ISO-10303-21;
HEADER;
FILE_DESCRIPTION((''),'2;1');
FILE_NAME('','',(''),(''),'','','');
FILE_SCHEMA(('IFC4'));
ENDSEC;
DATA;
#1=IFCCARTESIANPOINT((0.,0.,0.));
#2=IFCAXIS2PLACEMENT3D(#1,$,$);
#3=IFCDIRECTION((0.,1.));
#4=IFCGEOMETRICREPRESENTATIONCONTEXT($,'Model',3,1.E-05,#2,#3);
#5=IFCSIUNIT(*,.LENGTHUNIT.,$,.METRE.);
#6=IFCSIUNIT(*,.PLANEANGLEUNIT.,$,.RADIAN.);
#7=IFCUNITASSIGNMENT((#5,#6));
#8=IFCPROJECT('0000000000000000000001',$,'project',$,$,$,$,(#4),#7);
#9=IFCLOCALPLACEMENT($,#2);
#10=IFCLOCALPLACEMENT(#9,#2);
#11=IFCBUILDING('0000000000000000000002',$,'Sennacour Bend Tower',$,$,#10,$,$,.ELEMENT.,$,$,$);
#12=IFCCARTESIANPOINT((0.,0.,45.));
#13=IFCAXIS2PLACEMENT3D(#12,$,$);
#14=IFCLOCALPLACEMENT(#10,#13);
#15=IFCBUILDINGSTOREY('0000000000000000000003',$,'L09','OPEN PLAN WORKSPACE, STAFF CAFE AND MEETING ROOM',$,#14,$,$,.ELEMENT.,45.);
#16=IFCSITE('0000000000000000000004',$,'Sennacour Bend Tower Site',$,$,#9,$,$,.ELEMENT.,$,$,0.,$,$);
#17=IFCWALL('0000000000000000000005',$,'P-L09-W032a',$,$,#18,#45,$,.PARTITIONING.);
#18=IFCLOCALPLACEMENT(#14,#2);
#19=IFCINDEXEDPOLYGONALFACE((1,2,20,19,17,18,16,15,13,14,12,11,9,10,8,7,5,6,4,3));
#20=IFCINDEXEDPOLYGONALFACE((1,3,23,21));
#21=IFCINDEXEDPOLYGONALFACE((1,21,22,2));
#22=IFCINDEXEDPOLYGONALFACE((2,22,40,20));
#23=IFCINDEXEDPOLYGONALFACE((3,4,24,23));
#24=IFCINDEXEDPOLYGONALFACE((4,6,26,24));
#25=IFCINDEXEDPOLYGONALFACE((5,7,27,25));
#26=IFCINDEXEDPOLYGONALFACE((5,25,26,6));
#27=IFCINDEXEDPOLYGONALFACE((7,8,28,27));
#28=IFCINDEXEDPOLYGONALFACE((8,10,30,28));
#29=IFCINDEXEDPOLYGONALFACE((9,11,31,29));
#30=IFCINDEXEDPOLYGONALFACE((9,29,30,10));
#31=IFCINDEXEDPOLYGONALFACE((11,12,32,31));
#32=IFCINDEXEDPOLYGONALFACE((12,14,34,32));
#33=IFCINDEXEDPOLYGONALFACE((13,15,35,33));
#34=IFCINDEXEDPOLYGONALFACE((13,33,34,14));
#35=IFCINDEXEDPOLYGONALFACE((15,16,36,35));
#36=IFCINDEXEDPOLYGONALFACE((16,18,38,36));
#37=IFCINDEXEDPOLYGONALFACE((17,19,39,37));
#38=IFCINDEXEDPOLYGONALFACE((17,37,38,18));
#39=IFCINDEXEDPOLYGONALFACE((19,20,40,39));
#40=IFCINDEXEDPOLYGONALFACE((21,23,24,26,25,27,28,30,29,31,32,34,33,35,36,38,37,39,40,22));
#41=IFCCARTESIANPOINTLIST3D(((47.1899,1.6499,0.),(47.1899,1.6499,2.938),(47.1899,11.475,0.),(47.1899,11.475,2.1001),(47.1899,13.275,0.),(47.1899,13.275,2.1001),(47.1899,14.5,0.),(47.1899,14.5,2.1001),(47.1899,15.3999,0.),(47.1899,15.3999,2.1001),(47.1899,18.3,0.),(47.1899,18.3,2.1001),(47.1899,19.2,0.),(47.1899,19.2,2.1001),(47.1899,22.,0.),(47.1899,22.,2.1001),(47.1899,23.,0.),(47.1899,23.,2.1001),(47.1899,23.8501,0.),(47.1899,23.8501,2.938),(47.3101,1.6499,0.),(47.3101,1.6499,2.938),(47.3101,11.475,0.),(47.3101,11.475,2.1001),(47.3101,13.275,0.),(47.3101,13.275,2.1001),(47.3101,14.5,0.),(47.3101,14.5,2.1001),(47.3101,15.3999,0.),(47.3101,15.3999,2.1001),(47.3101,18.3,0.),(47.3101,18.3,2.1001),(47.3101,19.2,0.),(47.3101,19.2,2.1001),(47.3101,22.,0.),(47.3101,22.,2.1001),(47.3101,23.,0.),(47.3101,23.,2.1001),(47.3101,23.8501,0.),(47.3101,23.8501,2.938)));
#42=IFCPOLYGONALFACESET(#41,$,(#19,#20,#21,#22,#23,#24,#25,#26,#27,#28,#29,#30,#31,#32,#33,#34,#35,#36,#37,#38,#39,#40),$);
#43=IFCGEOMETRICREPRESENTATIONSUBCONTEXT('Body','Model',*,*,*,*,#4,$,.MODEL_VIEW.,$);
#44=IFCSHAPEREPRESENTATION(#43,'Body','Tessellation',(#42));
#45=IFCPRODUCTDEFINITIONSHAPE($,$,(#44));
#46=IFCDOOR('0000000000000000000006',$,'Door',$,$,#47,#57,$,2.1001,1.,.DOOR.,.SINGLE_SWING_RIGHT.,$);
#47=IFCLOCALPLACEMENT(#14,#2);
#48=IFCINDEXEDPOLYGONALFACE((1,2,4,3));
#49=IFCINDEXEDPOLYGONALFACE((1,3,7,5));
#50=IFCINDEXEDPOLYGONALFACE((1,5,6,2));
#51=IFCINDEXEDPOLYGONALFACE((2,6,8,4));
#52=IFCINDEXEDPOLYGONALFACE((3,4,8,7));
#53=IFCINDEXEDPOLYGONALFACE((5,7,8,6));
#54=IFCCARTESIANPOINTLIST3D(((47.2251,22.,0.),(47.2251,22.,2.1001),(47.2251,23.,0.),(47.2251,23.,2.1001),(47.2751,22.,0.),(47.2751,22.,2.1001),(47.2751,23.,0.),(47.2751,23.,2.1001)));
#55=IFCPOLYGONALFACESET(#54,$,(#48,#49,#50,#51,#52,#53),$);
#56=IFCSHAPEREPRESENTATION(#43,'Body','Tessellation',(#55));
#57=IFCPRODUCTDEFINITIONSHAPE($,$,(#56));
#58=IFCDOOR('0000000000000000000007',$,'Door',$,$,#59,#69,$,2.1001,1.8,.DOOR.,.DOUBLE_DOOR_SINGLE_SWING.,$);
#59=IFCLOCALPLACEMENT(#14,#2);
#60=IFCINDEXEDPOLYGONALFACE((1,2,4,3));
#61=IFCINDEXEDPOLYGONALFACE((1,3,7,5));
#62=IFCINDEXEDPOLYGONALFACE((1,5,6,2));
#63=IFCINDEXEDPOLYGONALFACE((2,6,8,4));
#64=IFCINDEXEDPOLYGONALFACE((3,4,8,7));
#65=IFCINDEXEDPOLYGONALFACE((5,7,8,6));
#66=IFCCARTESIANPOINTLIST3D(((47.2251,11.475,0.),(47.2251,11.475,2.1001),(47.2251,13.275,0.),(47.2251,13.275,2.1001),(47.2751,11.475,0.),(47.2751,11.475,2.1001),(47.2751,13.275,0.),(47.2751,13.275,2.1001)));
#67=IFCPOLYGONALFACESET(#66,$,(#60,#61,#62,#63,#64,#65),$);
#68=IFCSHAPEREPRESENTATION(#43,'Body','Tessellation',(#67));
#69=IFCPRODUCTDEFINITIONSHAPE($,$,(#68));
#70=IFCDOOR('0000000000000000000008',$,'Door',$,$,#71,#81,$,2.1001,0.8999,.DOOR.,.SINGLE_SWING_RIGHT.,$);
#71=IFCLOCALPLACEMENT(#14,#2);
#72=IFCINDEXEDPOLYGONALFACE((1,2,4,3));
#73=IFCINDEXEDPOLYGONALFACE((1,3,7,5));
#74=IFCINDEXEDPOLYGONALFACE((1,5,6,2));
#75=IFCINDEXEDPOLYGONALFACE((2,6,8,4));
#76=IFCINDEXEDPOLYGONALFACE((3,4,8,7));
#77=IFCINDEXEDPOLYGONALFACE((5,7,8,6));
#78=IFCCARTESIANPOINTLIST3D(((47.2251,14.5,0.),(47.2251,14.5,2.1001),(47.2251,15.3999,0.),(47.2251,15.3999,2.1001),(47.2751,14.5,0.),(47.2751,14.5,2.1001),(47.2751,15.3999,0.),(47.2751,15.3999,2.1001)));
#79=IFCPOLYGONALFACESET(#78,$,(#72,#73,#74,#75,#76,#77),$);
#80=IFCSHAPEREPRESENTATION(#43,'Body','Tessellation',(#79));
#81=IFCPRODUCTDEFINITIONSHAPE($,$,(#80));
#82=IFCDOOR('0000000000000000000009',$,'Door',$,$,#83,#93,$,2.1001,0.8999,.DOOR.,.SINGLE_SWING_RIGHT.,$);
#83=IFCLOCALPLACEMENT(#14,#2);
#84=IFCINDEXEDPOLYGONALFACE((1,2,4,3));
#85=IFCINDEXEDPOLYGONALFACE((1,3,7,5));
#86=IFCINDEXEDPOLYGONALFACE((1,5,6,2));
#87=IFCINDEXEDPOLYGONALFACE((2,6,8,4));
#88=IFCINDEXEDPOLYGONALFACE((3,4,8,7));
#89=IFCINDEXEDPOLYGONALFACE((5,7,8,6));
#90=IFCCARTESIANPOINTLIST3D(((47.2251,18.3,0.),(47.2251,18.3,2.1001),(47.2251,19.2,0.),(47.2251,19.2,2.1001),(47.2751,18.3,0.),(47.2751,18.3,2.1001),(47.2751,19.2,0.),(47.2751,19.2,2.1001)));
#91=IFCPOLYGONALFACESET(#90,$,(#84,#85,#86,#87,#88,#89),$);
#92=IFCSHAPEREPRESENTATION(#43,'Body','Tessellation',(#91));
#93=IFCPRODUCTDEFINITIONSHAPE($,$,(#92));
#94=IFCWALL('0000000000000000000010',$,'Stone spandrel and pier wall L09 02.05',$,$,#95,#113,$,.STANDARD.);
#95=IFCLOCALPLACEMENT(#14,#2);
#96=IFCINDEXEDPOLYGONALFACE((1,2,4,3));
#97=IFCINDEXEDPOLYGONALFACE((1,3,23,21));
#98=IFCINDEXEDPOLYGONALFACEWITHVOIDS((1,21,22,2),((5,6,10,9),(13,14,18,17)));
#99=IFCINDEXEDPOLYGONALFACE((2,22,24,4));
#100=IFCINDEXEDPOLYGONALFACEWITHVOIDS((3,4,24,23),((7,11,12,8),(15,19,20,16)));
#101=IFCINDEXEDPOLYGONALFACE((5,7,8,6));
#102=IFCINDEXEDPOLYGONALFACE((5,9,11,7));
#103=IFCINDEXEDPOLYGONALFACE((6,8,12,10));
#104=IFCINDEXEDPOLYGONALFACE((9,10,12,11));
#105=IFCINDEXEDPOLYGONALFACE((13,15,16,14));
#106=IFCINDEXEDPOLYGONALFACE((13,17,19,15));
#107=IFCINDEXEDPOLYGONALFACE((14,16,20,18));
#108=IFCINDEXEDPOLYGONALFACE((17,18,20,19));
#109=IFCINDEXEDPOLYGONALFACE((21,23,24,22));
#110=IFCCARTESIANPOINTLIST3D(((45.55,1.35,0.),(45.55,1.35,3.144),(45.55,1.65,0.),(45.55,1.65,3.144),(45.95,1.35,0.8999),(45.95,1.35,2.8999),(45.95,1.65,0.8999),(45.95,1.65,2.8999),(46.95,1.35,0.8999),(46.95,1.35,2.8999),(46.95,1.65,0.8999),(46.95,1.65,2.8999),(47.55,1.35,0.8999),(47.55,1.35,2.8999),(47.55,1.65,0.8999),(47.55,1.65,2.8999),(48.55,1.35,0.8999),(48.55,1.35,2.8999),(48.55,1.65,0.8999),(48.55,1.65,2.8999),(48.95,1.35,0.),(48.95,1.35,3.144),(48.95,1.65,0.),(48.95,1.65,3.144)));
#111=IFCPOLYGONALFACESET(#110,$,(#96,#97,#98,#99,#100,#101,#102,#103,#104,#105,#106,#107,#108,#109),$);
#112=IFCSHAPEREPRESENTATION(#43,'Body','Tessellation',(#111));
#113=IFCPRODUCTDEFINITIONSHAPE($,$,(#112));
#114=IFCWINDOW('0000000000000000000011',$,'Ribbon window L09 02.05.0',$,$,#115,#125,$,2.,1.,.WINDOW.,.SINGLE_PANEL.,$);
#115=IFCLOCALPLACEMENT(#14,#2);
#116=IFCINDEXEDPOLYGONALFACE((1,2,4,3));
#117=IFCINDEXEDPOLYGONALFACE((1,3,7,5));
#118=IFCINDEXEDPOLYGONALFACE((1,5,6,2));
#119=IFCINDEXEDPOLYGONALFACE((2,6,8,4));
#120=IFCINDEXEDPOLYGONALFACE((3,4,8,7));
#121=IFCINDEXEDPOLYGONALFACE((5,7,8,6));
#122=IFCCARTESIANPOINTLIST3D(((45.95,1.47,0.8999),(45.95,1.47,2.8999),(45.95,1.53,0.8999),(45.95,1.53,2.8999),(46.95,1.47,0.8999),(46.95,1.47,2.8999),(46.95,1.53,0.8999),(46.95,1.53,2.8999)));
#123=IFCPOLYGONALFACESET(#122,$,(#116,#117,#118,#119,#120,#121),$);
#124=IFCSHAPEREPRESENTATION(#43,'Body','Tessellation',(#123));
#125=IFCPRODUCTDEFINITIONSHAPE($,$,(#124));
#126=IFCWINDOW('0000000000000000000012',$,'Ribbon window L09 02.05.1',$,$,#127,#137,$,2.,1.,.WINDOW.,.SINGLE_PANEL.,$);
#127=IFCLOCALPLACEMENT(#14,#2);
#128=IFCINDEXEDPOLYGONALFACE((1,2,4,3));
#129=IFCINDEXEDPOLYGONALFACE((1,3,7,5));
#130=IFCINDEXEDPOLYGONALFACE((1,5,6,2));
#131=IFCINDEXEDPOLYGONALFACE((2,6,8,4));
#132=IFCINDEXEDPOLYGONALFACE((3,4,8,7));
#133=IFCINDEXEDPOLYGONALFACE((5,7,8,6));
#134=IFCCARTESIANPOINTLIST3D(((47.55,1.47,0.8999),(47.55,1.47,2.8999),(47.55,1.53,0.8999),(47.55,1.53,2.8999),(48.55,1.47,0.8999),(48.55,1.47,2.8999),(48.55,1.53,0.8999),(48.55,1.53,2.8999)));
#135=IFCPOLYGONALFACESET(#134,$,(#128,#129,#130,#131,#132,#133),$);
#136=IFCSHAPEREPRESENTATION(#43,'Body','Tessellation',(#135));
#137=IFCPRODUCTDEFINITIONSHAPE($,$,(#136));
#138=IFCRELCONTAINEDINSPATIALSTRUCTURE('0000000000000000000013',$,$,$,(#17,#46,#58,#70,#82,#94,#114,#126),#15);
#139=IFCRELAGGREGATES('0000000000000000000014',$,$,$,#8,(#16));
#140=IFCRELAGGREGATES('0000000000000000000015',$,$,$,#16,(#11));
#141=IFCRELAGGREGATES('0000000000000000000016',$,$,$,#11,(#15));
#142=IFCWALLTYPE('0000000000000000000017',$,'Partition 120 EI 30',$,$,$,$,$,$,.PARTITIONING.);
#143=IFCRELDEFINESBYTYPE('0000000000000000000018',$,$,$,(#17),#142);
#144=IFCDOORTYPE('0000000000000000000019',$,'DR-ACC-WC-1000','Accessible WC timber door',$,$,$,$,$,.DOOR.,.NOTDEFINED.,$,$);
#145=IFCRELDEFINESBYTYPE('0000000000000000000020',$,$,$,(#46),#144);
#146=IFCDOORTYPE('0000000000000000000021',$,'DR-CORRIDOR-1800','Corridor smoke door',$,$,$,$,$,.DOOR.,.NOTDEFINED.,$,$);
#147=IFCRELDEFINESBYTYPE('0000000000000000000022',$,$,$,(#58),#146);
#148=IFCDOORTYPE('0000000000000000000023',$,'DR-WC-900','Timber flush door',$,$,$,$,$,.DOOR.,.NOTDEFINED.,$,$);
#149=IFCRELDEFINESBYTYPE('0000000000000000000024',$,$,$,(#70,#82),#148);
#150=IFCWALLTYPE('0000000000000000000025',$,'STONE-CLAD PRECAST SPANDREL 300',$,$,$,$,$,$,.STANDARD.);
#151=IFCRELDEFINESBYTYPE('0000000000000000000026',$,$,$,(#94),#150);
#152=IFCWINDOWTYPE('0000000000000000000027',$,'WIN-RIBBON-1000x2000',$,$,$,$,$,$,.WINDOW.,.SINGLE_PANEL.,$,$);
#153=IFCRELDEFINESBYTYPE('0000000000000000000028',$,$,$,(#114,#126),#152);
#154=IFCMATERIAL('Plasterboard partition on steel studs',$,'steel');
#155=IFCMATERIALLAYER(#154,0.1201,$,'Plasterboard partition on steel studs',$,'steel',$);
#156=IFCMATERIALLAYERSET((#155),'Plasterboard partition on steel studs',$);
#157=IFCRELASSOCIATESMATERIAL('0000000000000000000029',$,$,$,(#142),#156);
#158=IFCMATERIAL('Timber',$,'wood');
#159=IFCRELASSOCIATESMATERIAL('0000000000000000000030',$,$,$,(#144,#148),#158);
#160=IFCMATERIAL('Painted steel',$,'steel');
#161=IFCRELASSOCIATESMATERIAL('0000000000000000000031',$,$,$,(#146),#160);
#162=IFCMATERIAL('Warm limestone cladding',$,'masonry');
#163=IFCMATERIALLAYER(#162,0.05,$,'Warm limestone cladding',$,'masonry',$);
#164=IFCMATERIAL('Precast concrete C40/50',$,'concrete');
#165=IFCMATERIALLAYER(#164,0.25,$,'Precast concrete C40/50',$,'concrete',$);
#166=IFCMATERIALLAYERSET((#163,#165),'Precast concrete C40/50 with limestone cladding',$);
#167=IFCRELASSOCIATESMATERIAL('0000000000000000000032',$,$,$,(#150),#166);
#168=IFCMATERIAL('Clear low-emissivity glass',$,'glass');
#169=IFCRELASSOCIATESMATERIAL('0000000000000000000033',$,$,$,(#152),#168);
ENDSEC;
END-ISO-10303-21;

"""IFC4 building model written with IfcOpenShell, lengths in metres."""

from ifc_helpers import new_model, si_unit, direction, frame, frame_2d, origin, place, context, subcontext, project, spatial, rectangle, extrude, material, layer, layer_set, type_object, element, fill, save


model = new_model("IFC4")

# Units and contexts
model_context = context("Model", 3, precision=1e-05, world=origin(), true_north=direction((0.0, 1.0)))
body_context = subcontext(model_context, "Body", "Model", "MODEL_VIEW")
ifc_project = project(units=[si_unit("LENGTHUNIT", "METRE"), si_unit("PLANEANGLEUNIT", "RADIAN")], contexts=[model_context])

# Site, building, storey
site_placement = place(None, origin())
site = spatial("IfcSite", under=ifc_project, at=site_placement, Name="Sennacour Bend Tower Site", CompositionType="ELEMENT", RefElevation=0.0)
building_placement = place(site_placement, origin())
building = spatial("IfcBuilding", under=site, at=building_placement, Name="Sennacour Bend Tower", CompositionType="ELEMENT")
storey_placement = place(building_placement, frame((0.0, 0.0, 45.0)))
storey = spatial("IfcBuildingStorey", under=building, at=storey_placement, Name="L09", Description="OPEN PLAN WORKSPACE, STAFF CAFE AND MEETING ROOM", CompositionType="ELEMENT", Elevation=45.0)

# Wall, openings, doors
ifc_material_1 = material(Name="Plasterboard partition on steel studs", Category="steel")
ifc_layer_1 = layer(ifc_material_1, 0.1201, Name="Plasterboard partition on steel studs", Category="steel")
ifc_layer_set_1 = layer_set([ifc_layer_1], Name="Plasterboard partition on steel studs")
wall_type_1 = type_object("IfcWallType", Name="Partition 120 EI 30", PredefinedType="PARTITIONING", material=ifc_layer_set_1)
wall_1_placement = place(storey_placement, frame((47.25, 1.6499, 0.0), z_axis=(0.0, 0.0, 1.0), x_axis=(0.0, 1.0, 0.0)))
wall_1 = element("IfcWall", 1, at=wall_1_placement, inside=storey, type_object=wall_type_1, Name="P-L09-W032a", PredefinedType="PARTITIONING", context=body_context, shape_type="SweptSolid", body=[
    extrude(rectangle(XDim=22.2002, YDim=0.1201, at=frame_2d((11.1001, 0.0))), origin(), (0.0, 0.0, 1.0), 2.938),
])
opening_1_placement = place(wall_1_placement, frame((9.8252, 0.0, 0.0)))
opening_1 = element("IfcOpeningElement", 2, at=opening_1_placement, cuts=wall_1, PredefinedType="OPENING", context=body_context, shape_type="SweptSolid", body=[
    extrude(rectangle(XDim=1.8, YDim=2.1001, at=frame_2d((0.8999, 1.05))), frame((0.0, 0.0701, 0.0), z_axis=(0.0, -1.0, 0.0), x_axis=(1.0, 0.0, 0.0)), (0.0, 0.0, 1.0), 0.1401),
])
opening_2_placement = place(wall_1_placement, frame((12.8501, 0.0, 0.0)))
opening_2 = element("IfcOpeningElement", 3, at=opening_2_placement, cuts=wall_1, PredefinedType="OPENING", context=body_context, shape_type="SweptSolid", body=[
    extrude(rectangle(XDim=0.8999, YDim=2.1001, at=frame_2d((0.45, 1.05))), frame((0.0, 0.0701, 0.0), z_axis=(0.0, -1.0, 0.0), x_axis=(1.0, 0.0, 0.0)), (0.0, 0.0, 1.0), 0.1401),
])
opening_3_placement = place(wall_1_placement, frame((16.6501, 0.0, 0.0)))
opening_3 = element("IfcOpeningElement", 4, at=opening_3_placement, cuts=wall_1, PredefinedType="OPENING", context=body_context, shape_type="SweptSolid", body=[
    extrude(rectangle(XDim=0.8999, YDim=2.1001, at=frame_2d((0.45, 1.05))), frame((0.0, 0.0701, 0.0), z_axis=(0.0, -1.0, 0.0), x_axis=(1.0, 0.0, 0.0)), (0.0, 0.0, 1.0), 0.1401),
])
opening_4_placement = place(wall_1_placement, frame((20.3501, 0.0, 0.0)))
opening_4 = element("IfcOpeningElement", 5, at=opening_4_placement, cuts=wall_1, PredefinedType="OPENING", context=body_context, shape_type="SweptSolid", body=[
    extrude(rectangle(XDim=1.0, YDim=2.1001, at=frame_2d((0.5, 1.05))), frame((0.0, 0.0701, 0.0), z_axis=(0.0, -1.0, 0.0), x_axis=(1.0, 0.0, 0.0)), (0.0, 0.0, 1.0), 0.1401),
])
ifc_material_2 = material(Name="Timber", Category="wood")
door_type_1 = type_object("IfcDoorType", Name="DR-ACC-WC-1000", Description="Accessible WC timber door", OperationType="NOTDEFINED", PredefinedType="DOOR", material=ifc_material_2)
door_1_placement = place(opening_4_placement, origin())
door_1 = element("IfcDoor", 6, at=door_1_placement, inside=storey, type_object=door_type_1, Name="Door", OperationType="SINGLE_SWING_RIGHT", OverallHeight=2.1001, OverallWidth=1.0, PredefinedType="DOOR", context=body_context, shape_type="SweptSolid", body=[
    extrude(rectangle(XDim=1.0, YDim=2.1001, at=frame_2d((0.5, 1.05))), frame((0.0, 0.0249, 0.0), z_axis=(0.0, -1.0, 0.0), x_axis=(1.0, 0.0, 0.0)), (0.0, 0.0, 1.0), 0.05),
])
fill(opening_4, door_1)
ifc_material_3 = material(Name="Painted steel", Category="steel")
door_type_2 = type_object("IfcDoorType", Name="DR-CORRIDOR-1800", Description="Corridor smoke door", OperationType="NOTDEFINED", PredefinedType="DOOR", material=ifc_material_3)
door_2_placement = place(opening_1_placement, origin())
door_2 = element("IfcDoor", 7, at=door_2_placement, inside=storey, type_object=door_type_2, Name="Door", OperationType="DOUBLE_DOOR_SINGLE_SWING", OverallHeight=2.1001, OverallWidth=1.8, PredefinedType="DOOR", context=body_context, shape_type="SweptSolid", body=[
    extrude(rectangle(XDim=1.8, YDim=2.1001, at=frame_2d((0.8999, 1.05))), frame((0.0, 0.0249, 0.0), z_axis=(0.0, -1.0, 0.0), x_axis=(1.0, 0.0, 0.0)), (0.0, 0.0, 1.0), 0.05),
])
fill(opening_1, door_2)
door_type_3 = type_object("IfcDoorType", Name="DR-WC-900", Description="Timber flush door", OperationType="NOTDEFINED", PredefinedType="DOOR", material=ifc_material_2)
door_3_placement = place(opening_2_placement, origin())
door_3 = element("IfcDoor", 8, at=door_3_placement, inside=storey, type_object=door_type_3, Name="Door", OperationType="SINGLE_SWING_RIGHT", OverallHeight=2.1001, OverallWidth=0.8999, PredefinedType="DOOR", context=body_context, shape_type="SweptSolid", body=[
    extrude(rectangle(XDim=0.8999, YDim=2.1001, at=frame_2d((0.45, 1.05))), frame((0.0, 0.0249, 0.0), z_axis=(0.0, -1.0, 0.0), x_axis=(1.0, 0.0, 0.0)), (0.0, 0.0, 1.0), 0.05),
])
fill(opening_2, door_3)
door_4_placement = place(opening_3_placement, origin())
door_4 = element("IfcDoor", 9, at=door_4_placement, inside=storey, type_object=door_type_3, Name="Door", OperationType="SINGLE_SWING_RIGHT", OverallHeight=2.1001, OverallWidth=0.8999, PredefinedType="DOOR", context=body_context, shape_type="SweptSolid", body=[
    extrude(rectangle(XDim=0.8999, YDim=2.1001, at=frame_2d((0.45, 1.05))), frame((0.0, 0.0249, 0.0), z_axis=(0.0, -1.0, 0.0), x_axis=(1.0, 0.0, 0.0)), (0.0, 0.0, 1.0), 0.05),
])
fill(opening_3, door_4)

# Wall, openings, windows
ifc_material_4 = material(Name="Warm limestone cladding", Category="masonry")
ifc_layer_2 = layer(ifc_material_4, 0.05, Name="Warm limestone cladding", Category="masonry")
ifc_material_5 = material(Name="Precast concrete C40/50", Category="concrete")
ifc_layer_3 = layer(ifc_material_5, 0.25, Name="Precast concrete C40/50", Category="concrete")
ifc_layer_set_2 = layer_set([ifc_layer_2, ifc_layer_3], Name="Precast concrete C40/50 with limestone cladding")
wall_type_2 = type_object("IfcWallType", Name="STONE-CLAD PRECAST SPANDREL 300", PredefinedType="STANDARD", material=ifc_layer_set_2)
wall_2_placement = place(storey_placement, frame((45.55, 1.5, 0.0), z_axis=(0.0, 0.0, 1.0), x_axis=(1.0, 0.0, 0.0)))
wall_2 = element("IfcWall", 10, at=wall_2_placement, inside=storey, type_object=wall_type_2, Name="Stone spandrel and pier wall L09 02.05", PredefinedType="STANDARD", context=body_context, shape_type="SweptSolid", body=[
    extrude(rectangle(XDim=3.3999, YDim=0.3, at=frame_2d((1.7, 0.0))), origin(), (0.0, 0.0, 1.0), 3.144),
])
opening_5_placement = place(wall_2_placement, frame((0.3999, 0.0, 0.8999)))
opening_5 = element("IfcOpeningElement", 11, at=opening_5_placement, cuts=wall_2, PredefinedType="OPENING", context=body_context, shape_type="SweptSolid", body=[
    extrude(rectangle(XDim=1.0, YDim=2.0, at=frame_2d((0.5, 1.0))), frame((0.0, 0.1602, 0.0), z_axis=(0.0, -1.0, 0.0), x_axis=(1.0, 0.0, 0.0)), (0.0, 0.0, 1.0), 0.3201),
])
opening_6_placement = place(wall_2_placement, frame((2.0, 0.0, 0.8999)))
opening_6 = element("IfcOpeningElement", 12, at=opening_6_placement, cuts=wall_2, PredefinedType="OPENING", context=body_context, shape_type="SweptSolid", body=[
    extrude(rectangle(XDim=1.0, YDim=2.0, at=frame_2d((0.5, 1.0))), frame((0.0, 0.1602, 0.0), z_axis=(0.0, -1.0, 0.0), x_axis=(1.0, 0.0, 0.0)), (0.0, 0.0, 1.0), 0.3201),
])
ifc_material_6 = material(Name="Clear low-emissivity glass", Category="glass")
window_type_1 = type_object("IfcWindowType", Name="WIN-RIBBON-1000x2000", PartitioningType="SINGLE_PANEL", PredefinedType="WINDOW", material=ifc_material_6)
window_1_placement = place(opening_5_placement, origin())
window_1 = element("IfcWindow", 13, at=window_1_placement, inside=storey, type_object=window_type_1, Name="Ribbon window L09 02.05.0", OverallHeight=2.0, OverallWidth=1.0, PartitioningType="SINGLE_PANEL", PredefinedType="WINDOW", context=body_context, shape_type="SweptSolid", body=[
    extrude(rectangle(XDim=1.0, YDim=2.0, at=frame_2d((0.5, 1.0))), frame((0.0, 0.03, 0.0), z_axis=(0.0, -1.0, 0.0), x_axis=(1.0, 0.0, 0.0)), (0.0, 0.0, 1.0), 0.0601),
])
fill(opening_5, window_1)
window_2_placement = place(opening_6_placement, origin())
window_2 = element("IfcWindow", 14, at=window_2_placement, inside=storey, type_object=window_type_1, Name="Ribbon window L09 02.05.1", OverallHeight=2.0, OverallWidth=1.0, PartitioningType="SINGLE_PANEL", PredefinedType="WINDOW", context=body_context, shape_type="SweptSolid", body=[
    extrude(rectangle(XDim=1.0, YDim=2.0, at=frame_2d((0.5, 1.0))), frame((0.0, 0.03, 0.0), z_axis=(0.0, -1.0, 0.0), x_axis=(1.0, 0.0, 0.0)), (0.0, 0.0, 1.0), 0.0601),
])
fill(opening_6, window_2)

save(model, "model.ifc")
